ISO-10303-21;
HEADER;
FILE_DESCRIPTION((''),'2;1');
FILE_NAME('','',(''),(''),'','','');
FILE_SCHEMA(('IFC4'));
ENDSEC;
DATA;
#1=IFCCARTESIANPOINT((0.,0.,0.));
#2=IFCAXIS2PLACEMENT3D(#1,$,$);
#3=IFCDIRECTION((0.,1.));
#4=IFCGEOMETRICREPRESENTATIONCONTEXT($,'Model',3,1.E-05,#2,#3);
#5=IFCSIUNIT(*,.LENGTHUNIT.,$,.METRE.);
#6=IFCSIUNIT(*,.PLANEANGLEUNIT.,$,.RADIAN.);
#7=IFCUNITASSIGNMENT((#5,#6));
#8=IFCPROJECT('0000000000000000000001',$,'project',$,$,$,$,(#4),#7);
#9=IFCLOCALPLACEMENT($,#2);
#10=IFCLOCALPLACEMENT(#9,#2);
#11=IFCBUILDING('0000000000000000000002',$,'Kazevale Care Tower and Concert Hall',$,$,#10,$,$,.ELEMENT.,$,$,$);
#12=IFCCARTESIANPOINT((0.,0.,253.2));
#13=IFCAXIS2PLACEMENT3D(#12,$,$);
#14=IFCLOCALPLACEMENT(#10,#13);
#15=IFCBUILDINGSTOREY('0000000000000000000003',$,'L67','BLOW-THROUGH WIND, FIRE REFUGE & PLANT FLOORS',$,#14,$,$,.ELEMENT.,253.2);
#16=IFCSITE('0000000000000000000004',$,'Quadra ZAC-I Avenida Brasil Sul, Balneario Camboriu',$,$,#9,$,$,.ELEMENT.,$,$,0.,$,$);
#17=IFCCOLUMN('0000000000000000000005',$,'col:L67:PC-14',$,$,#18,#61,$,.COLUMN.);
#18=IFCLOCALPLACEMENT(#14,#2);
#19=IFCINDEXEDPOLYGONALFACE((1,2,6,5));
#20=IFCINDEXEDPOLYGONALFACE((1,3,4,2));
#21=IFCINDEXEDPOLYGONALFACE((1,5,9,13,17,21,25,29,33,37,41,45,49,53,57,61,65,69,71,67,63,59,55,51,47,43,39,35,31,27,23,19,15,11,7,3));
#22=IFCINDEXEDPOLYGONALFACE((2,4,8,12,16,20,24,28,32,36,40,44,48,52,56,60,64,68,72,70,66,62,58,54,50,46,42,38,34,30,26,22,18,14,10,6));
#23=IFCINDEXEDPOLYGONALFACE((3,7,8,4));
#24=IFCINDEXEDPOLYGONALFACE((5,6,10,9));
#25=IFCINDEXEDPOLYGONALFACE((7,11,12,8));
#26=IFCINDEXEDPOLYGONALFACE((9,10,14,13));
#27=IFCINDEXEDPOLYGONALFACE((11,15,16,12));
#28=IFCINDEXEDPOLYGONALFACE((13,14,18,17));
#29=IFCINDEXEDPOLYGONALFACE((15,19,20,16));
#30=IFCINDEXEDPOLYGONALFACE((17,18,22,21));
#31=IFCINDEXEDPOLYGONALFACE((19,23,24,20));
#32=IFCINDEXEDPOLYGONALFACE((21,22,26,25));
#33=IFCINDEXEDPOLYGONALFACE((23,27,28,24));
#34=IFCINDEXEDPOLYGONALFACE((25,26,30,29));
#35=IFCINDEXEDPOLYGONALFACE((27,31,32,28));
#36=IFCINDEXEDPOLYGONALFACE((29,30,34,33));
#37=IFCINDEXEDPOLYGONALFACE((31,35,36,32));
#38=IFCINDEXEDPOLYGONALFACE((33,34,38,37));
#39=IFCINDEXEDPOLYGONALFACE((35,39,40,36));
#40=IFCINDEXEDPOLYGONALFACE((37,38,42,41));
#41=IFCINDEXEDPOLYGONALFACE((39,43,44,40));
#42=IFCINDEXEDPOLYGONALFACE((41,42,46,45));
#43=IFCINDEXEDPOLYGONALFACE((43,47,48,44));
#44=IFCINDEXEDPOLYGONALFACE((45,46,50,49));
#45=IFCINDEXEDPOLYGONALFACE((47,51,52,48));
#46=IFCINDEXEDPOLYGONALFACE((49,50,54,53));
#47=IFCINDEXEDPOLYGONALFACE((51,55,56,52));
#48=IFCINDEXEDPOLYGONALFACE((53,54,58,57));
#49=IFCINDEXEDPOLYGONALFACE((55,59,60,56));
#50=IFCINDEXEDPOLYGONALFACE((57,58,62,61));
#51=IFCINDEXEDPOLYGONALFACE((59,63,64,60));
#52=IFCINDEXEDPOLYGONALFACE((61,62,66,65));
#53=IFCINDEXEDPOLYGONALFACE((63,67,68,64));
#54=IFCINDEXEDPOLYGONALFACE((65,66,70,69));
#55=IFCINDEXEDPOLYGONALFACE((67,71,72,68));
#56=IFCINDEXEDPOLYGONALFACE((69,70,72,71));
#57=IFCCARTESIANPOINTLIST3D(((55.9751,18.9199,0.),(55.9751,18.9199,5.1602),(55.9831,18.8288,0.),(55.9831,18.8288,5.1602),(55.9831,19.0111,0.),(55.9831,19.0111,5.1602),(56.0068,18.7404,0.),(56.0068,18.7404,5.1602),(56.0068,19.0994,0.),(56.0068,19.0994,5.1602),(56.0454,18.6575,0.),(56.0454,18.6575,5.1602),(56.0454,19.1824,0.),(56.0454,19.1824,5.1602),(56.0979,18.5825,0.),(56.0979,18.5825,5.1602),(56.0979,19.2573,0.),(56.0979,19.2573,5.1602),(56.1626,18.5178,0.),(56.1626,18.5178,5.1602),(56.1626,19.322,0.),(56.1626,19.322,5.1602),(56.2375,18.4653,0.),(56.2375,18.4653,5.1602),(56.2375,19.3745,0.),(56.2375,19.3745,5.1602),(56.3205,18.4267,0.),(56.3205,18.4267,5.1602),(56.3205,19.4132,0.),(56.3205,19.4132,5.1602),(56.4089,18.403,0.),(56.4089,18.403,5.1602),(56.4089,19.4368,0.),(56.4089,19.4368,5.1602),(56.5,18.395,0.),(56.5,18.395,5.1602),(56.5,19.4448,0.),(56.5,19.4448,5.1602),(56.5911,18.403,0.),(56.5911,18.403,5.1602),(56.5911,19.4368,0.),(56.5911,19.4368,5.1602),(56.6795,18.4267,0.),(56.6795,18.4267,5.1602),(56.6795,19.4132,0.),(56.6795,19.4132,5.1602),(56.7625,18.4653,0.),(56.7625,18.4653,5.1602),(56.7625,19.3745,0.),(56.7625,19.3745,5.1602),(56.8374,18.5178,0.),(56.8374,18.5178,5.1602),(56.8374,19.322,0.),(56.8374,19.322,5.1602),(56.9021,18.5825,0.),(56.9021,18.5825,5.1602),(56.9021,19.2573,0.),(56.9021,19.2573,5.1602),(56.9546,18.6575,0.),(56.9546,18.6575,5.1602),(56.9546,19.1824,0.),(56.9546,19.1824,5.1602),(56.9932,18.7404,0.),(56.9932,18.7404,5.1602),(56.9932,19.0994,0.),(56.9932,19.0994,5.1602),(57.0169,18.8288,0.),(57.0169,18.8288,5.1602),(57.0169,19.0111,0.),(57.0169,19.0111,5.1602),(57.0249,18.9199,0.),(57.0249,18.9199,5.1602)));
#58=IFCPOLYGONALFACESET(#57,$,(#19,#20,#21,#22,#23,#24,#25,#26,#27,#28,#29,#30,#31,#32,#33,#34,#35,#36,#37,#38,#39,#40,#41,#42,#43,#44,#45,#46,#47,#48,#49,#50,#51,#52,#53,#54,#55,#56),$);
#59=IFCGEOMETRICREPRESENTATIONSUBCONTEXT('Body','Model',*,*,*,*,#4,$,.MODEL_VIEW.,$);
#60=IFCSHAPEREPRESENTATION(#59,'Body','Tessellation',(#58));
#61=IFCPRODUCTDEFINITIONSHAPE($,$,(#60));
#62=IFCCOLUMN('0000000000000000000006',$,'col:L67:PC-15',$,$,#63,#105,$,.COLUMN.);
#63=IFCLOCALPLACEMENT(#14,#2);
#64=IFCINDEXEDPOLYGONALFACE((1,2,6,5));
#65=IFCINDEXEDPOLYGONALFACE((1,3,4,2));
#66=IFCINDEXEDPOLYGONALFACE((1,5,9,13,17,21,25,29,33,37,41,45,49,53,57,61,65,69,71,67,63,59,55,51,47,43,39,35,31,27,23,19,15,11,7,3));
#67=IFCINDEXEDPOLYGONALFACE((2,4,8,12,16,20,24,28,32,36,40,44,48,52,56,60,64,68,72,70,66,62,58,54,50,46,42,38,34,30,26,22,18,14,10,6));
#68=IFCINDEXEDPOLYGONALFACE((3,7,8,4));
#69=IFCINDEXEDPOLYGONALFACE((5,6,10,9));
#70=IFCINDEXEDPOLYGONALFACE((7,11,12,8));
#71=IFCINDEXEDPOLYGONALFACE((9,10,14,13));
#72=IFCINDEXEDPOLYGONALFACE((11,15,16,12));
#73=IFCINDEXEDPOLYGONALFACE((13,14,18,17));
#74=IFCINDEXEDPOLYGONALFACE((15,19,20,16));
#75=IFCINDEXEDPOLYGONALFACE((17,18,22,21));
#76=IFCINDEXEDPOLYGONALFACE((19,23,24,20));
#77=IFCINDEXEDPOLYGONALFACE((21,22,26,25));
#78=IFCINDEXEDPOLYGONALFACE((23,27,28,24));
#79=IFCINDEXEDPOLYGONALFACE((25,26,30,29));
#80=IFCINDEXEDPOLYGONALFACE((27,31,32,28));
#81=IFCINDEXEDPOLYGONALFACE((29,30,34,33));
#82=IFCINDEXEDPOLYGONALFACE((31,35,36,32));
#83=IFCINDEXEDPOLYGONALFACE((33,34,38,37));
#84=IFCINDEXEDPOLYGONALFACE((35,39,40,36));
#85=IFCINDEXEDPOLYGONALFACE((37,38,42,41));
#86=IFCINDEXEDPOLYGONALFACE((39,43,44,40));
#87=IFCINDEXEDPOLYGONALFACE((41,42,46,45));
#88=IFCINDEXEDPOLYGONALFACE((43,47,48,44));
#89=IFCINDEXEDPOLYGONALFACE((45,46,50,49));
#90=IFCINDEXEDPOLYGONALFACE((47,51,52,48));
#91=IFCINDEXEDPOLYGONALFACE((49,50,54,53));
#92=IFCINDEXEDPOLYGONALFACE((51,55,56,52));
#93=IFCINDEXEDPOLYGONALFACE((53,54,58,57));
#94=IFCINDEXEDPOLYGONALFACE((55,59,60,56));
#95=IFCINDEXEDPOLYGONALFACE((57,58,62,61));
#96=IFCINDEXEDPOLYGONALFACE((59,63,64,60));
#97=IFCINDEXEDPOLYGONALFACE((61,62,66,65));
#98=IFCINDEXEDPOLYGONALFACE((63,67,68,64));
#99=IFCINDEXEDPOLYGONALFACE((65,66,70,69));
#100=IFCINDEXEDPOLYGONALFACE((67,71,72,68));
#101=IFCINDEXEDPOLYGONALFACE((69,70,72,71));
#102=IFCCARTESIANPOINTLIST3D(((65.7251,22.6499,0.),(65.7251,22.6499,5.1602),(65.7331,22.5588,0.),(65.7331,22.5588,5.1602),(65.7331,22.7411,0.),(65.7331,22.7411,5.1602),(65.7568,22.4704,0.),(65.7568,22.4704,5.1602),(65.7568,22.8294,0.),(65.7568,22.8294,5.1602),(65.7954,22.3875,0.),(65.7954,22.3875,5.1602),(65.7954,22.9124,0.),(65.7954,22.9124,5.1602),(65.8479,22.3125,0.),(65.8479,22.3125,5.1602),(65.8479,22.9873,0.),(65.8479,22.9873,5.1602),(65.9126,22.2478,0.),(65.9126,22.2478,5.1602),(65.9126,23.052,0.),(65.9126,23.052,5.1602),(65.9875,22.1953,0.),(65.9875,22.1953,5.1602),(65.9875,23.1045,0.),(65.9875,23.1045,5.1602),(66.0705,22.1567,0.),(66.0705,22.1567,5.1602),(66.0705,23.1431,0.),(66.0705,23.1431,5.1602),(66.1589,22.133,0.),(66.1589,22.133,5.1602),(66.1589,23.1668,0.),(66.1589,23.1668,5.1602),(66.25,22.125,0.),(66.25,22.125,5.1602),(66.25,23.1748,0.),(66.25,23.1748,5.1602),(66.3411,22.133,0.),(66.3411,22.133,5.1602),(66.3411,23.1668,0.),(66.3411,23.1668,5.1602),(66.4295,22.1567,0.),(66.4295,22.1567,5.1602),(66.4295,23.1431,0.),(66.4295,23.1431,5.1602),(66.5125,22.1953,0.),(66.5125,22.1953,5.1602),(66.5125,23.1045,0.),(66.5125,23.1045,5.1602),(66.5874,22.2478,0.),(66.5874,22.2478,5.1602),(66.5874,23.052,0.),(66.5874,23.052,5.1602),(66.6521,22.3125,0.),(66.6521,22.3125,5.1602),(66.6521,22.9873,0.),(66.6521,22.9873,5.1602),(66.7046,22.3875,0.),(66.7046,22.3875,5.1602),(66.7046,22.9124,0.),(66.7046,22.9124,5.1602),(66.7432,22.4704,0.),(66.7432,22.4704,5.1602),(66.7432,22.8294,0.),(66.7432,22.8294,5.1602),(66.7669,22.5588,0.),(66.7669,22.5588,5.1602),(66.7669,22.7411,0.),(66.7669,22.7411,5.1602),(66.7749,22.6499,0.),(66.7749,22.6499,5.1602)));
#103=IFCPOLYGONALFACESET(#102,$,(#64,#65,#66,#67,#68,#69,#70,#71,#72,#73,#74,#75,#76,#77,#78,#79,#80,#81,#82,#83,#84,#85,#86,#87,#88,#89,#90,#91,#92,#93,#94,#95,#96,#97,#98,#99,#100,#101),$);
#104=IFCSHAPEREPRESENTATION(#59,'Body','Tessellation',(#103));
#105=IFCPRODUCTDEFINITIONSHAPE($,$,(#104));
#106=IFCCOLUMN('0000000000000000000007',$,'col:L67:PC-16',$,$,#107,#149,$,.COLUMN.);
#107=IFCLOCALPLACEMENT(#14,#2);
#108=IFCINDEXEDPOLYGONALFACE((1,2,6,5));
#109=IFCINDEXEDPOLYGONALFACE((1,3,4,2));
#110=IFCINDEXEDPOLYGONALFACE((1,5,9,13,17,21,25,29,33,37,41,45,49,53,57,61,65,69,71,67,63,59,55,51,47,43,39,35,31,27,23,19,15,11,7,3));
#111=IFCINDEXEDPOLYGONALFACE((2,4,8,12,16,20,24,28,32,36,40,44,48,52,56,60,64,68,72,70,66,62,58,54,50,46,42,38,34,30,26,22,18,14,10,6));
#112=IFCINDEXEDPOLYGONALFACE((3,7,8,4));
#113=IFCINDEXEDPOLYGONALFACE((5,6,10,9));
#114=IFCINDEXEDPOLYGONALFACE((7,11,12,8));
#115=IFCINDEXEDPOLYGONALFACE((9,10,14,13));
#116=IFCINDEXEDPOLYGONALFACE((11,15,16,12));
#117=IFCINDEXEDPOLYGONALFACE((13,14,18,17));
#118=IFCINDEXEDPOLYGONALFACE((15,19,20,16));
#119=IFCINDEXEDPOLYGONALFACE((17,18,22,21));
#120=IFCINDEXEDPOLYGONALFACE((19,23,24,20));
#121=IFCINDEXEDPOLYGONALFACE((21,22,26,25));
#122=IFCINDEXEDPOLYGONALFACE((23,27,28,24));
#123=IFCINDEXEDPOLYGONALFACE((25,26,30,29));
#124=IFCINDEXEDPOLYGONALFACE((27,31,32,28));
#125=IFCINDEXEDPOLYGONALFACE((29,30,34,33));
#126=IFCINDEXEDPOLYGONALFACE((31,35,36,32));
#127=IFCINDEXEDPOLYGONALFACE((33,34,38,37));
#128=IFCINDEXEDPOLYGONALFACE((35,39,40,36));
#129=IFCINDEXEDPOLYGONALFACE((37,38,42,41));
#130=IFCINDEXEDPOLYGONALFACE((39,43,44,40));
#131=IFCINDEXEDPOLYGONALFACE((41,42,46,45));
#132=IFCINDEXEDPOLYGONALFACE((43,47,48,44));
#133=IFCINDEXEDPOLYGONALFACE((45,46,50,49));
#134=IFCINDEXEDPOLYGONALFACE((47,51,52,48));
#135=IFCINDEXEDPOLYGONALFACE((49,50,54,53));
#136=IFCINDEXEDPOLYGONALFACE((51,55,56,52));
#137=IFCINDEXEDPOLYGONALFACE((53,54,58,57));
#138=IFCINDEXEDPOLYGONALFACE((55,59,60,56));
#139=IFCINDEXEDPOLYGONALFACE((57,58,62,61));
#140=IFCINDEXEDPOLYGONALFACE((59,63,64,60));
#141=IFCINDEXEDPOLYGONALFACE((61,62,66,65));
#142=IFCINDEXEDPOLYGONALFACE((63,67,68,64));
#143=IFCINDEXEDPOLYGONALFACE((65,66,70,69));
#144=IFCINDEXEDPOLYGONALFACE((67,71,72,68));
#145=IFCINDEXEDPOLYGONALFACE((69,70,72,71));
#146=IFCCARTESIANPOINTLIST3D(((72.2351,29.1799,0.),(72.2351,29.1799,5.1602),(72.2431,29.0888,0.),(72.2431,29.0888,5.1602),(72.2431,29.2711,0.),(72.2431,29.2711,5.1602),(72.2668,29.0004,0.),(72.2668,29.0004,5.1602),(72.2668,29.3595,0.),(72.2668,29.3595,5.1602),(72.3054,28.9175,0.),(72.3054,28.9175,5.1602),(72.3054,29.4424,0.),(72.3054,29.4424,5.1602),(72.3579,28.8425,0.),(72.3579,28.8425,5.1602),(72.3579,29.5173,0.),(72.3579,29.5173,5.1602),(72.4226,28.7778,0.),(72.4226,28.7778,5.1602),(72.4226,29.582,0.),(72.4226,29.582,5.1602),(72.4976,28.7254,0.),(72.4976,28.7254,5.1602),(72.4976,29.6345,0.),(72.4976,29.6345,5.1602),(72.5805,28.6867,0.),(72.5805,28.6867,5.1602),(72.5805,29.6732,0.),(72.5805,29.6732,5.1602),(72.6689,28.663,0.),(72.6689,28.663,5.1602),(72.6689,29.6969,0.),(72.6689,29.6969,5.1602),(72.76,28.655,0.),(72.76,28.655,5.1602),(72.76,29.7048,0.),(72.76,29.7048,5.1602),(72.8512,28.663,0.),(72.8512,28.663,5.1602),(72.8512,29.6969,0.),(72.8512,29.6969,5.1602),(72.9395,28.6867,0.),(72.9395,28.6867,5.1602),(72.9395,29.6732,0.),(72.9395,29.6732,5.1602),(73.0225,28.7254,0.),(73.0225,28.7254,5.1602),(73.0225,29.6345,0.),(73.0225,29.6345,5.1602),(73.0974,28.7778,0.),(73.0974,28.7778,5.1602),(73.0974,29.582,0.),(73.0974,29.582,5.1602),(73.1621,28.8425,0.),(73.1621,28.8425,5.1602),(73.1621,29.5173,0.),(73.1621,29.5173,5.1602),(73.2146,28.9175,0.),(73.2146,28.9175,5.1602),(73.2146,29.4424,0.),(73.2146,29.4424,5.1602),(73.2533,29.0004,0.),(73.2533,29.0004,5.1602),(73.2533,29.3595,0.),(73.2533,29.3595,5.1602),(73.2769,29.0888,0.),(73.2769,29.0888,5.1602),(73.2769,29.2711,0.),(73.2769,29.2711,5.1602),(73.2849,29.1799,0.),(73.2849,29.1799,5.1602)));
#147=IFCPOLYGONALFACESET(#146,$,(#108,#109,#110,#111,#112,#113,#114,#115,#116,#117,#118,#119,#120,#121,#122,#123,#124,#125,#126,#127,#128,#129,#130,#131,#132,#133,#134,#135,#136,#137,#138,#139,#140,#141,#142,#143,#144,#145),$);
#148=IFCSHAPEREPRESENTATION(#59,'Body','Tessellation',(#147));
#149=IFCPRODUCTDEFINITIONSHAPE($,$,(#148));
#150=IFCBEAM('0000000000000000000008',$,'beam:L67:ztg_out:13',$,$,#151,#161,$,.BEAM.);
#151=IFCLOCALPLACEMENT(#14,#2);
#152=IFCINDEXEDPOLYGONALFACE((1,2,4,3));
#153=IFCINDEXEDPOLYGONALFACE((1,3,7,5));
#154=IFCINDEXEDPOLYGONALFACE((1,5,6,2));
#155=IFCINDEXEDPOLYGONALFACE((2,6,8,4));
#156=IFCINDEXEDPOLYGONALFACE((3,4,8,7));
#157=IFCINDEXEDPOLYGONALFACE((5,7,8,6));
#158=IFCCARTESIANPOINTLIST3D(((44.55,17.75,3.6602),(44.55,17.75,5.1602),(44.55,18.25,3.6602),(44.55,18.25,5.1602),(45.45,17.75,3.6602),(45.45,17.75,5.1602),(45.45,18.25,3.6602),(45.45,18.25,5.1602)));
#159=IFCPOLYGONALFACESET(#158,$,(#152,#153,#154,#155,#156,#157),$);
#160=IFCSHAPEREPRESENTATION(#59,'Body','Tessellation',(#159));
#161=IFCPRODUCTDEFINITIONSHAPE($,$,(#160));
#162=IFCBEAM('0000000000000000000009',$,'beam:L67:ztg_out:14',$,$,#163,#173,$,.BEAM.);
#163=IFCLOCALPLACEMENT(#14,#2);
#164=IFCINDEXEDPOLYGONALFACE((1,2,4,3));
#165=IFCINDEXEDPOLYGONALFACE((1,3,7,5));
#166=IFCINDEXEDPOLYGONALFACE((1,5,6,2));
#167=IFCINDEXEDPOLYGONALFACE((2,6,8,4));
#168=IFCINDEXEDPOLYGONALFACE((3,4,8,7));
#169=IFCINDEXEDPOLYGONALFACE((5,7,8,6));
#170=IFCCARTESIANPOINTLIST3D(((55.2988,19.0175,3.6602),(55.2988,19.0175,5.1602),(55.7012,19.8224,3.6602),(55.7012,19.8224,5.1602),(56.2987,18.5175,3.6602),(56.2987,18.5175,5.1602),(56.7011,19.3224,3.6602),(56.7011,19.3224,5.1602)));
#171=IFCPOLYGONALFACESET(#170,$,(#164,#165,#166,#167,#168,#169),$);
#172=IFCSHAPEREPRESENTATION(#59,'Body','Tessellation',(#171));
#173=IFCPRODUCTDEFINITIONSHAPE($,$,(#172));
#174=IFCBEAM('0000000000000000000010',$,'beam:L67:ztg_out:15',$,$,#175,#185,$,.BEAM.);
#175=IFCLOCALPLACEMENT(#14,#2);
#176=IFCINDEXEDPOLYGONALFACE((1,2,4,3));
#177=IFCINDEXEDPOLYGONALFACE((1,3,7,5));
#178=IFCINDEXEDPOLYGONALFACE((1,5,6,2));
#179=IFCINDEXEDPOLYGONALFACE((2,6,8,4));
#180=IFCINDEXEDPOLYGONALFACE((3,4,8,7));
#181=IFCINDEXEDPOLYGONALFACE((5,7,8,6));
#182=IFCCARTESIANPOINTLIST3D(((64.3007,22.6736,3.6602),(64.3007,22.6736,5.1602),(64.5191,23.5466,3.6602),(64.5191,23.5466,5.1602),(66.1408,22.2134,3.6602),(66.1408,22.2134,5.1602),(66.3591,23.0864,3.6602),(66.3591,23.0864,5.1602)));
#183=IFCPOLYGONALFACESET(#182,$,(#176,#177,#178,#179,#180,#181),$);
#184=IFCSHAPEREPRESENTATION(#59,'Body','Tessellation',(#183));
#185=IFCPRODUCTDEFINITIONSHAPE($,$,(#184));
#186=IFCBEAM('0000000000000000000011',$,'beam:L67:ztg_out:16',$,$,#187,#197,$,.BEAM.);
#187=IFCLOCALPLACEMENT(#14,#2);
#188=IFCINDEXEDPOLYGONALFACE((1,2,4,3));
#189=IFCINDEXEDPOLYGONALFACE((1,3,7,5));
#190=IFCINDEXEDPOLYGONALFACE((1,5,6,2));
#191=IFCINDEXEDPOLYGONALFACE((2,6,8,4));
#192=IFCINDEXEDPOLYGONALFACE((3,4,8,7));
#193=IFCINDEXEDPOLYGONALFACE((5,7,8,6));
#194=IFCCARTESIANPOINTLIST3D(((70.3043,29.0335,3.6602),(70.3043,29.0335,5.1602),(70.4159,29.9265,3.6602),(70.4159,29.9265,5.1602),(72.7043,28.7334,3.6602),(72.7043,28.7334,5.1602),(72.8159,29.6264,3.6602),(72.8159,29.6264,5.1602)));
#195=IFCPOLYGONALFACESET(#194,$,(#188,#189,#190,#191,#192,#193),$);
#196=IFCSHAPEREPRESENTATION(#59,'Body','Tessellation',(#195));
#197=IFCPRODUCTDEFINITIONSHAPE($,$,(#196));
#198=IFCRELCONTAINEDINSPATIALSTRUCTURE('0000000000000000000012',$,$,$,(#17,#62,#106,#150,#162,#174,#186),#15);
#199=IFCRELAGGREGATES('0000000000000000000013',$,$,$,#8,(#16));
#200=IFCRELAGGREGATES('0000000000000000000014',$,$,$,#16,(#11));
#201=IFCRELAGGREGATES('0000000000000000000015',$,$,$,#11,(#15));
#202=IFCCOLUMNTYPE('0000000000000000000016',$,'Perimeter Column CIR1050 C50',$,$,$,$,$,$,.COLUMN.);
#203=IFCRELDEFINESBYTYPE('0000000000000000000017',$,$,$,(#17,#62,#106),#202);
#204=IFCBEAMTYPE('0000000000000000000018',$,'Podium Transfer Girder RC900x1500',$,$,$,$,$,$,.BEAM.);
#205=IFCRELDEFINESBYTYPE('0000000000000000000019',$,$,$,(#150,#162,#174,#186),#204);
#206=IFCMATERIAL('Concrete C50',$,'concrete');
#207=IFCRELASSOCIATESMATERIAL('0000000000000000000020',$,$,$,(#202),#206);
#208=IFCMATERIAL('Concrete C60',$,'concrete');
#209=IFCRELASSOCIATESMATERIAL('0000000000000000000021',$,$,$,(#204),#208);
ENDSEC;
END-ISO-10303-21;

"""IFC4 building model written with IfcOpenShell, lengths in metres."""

from ifc_helpers import new_model, si_unit, direction, frame, origin, origin_2d, place, context, subcontext, project, spatial, rectangle, circle, extrude, material, material_profile, profile_set, type_object, element, save


model = new_model("IFC4")

# Units and contexts
model_context = context("Model", 3, precision=1e-05, world=origin(), true_north=direction((0.0, 1.0)))
body_context = subcontext(model_context, "Body", "Model", "MODEL_VIEW")
ifc_project = project(units=[si_unit("LENGTHUNIT", "METRE"), si_unit("PLANEANGLEUNIT", "RADIAN")], contexts=[model_context])

# Site, building, storey
site_placement = place(None, origin())
site = spatial("IfcSite", under=ifc_project, at=site_placement, Name="Quadra ZAC-I Avenida Brasil Sul, Balneario Camboriu", CompositionType="ELEMENT", RefElevation=0.0)
building_placement = place(site_placement, origin())
building = spatial("IfcBuilding", under=site, at=building_placement, Name="Kazevale Care Tower and Concert Hall", CompositionType="ELEMENT")
storey_placement = place(building_placement, frame((0.0, 0.0, 253.2)))
storey = spatial("IfcBuildingStorey", under=building, at=storey_placement, Name="L67", Description="BLOW-THROUGH WIND, FIRE REFUGE & PLANT FLOORS", CompositionType="ELEMENT", Elevation=253.2)

# Columns
ifc_material_1 = material(Name="Concrete C50", Category="concrete")
ifc_material_profile_1 = material_profile(ifc_material_1, circle(Radius=0.5249, at=origin_2d()), Name="RC-CIR1050")
ifc_profile_set_1 = profile_set([ifc_material_profile_1], Name="Concrete C50")
column_type = type_object("IfcColumnType", Name="Perimeter Column CIR1050 C50", PredefinedType="COLUMN", material=ifc_profile_set_1)
for number, where, z_axis, x_axis, name in (
    (1, (56.5, 18.9199, 0.0), (0.0, 0.0, 1.0), (1.0, 0.0, 0.0), "col:L67:PC-14"),
    (2, (66.25, 22.6499, 0.0), (0.0, 0.0, 1.0), (1.0, 0.0, 0.0), "col:L67:PC-15"),
    (3, (72.76, 29.1799, 0.0), (0.0, 0.0, 1.0), (1.0, 0.0, 0.0), "col:L67:PC-16"),
):
    element("IfcColumn", number, at=place(storey_placement, frame(where, z_axis=z_axis, x_axis=x_axis)), inside=storey, type_object=column_type, Name=name, PredefinedType="COLUMN", context=body_context, shape_type="SweptSolid", body=[
        extrude(circle(Radius=0.5249, at=origin_2d()), origin(), (0.0, 0.0, 1.0), 5.1602),
    ])

# Beams
ifc_material_2 = material(Name="Concrete C60", Category="concrete")
ifc_material_profile_2 = material_profile(ifc_material_2, rectangle(XDim=0.8999, YDim=1.5, at=origin_2d()), Name="RC-TG900x1500")
ifc_profile_set_2 = profile_set([ifc_material_profile_2], Name="Concrete C60")
beam_type_1 = type_object("IfcBeamType", Name="Podium Transfer Girder RC900x1500", PredefinedType="BEAM", material=ifc_profile_set_2)
beam_1_placement = place(storey_placement, frame((45.0, 18.25, 4.4102), z_axis=(0.0, -1.0, 0.0), x_axis=(1.0, 0.0, 0.0)))
element("IfcBeam", 4, at=beam_1_placement, inside=storey, type_object=beam_type_1, Name="beam:L67:ztg_out:13", PredefinedType="BEAM", context=body_context, shape_type="SweptSolid", body=[
    extrude(rectangle(XDim=0.8999, YDim=1.5, at=origin_2d()), origin(), (0.0, 0.0, 1.0), 0.5),
])
beam_2_placement = place(storey_placement, frame((55.5, 19.4199, 4.4102), z_axis=(0.894427, -0.447214, 0.0), x_axis=(0.447214, 0.894427, 0.0)))
element("IfcBeam", 5, at=beam_2_placement, inside=storey, type_object=beam_type_1, Name="beam:L67:ztg_out:14", PredefinedType="BEAM", context=body_context, shape_type="SweptSolid", body=[
    extrude(rectangle(XDim=0.8999, YDim=1.5, at=origin_2d()), origin(), (0.0, 0.0, 1.0), 1.1179),
])
beam_3_placement = place(storey_placement, frame((64.4099, 23.1101, 4.4102), z_axis=(0.97012, -0.242626, 0.0), x_axis=(0.242626, 0.97012, 0.0)))
element("IfcBeam", 6, at=beam_3_placement, inside=storey, type_object=beam_type_1, Name="beam:L67:ztg_out:15", PredefinedType="BEAM", context=body_context, shape_type="SweptSolid", body=[
    extrude(rectangle(XDim=0.8999, YDim=1.5, at=origin_2d()), origin(), (0.0, 0.0, 1.0), 1.8967),
])
beam_4_placement = place(storey_placement, frame((70.3601, 29.48, 4.4102), z_axis=(0.992275, -0.12406, 0.0), x_axis=(0.12406, 0.992275, 0.0)))
element("IfcBeam", 7, at=beam_4_placement, inside=storey, type_object=beam_type_1, Name="beam:L67:ztg_out:16", PredefinedType="BEAM", context=body_context, shape_type="SweptSolid", body=[
    extrude(rectangle(XDim=0.8999, YDim=1.5, at=origin_2d()), origin(), (0.0, 0.0, 1.0), 2.4187),
])

save(model, "model.ifc")
